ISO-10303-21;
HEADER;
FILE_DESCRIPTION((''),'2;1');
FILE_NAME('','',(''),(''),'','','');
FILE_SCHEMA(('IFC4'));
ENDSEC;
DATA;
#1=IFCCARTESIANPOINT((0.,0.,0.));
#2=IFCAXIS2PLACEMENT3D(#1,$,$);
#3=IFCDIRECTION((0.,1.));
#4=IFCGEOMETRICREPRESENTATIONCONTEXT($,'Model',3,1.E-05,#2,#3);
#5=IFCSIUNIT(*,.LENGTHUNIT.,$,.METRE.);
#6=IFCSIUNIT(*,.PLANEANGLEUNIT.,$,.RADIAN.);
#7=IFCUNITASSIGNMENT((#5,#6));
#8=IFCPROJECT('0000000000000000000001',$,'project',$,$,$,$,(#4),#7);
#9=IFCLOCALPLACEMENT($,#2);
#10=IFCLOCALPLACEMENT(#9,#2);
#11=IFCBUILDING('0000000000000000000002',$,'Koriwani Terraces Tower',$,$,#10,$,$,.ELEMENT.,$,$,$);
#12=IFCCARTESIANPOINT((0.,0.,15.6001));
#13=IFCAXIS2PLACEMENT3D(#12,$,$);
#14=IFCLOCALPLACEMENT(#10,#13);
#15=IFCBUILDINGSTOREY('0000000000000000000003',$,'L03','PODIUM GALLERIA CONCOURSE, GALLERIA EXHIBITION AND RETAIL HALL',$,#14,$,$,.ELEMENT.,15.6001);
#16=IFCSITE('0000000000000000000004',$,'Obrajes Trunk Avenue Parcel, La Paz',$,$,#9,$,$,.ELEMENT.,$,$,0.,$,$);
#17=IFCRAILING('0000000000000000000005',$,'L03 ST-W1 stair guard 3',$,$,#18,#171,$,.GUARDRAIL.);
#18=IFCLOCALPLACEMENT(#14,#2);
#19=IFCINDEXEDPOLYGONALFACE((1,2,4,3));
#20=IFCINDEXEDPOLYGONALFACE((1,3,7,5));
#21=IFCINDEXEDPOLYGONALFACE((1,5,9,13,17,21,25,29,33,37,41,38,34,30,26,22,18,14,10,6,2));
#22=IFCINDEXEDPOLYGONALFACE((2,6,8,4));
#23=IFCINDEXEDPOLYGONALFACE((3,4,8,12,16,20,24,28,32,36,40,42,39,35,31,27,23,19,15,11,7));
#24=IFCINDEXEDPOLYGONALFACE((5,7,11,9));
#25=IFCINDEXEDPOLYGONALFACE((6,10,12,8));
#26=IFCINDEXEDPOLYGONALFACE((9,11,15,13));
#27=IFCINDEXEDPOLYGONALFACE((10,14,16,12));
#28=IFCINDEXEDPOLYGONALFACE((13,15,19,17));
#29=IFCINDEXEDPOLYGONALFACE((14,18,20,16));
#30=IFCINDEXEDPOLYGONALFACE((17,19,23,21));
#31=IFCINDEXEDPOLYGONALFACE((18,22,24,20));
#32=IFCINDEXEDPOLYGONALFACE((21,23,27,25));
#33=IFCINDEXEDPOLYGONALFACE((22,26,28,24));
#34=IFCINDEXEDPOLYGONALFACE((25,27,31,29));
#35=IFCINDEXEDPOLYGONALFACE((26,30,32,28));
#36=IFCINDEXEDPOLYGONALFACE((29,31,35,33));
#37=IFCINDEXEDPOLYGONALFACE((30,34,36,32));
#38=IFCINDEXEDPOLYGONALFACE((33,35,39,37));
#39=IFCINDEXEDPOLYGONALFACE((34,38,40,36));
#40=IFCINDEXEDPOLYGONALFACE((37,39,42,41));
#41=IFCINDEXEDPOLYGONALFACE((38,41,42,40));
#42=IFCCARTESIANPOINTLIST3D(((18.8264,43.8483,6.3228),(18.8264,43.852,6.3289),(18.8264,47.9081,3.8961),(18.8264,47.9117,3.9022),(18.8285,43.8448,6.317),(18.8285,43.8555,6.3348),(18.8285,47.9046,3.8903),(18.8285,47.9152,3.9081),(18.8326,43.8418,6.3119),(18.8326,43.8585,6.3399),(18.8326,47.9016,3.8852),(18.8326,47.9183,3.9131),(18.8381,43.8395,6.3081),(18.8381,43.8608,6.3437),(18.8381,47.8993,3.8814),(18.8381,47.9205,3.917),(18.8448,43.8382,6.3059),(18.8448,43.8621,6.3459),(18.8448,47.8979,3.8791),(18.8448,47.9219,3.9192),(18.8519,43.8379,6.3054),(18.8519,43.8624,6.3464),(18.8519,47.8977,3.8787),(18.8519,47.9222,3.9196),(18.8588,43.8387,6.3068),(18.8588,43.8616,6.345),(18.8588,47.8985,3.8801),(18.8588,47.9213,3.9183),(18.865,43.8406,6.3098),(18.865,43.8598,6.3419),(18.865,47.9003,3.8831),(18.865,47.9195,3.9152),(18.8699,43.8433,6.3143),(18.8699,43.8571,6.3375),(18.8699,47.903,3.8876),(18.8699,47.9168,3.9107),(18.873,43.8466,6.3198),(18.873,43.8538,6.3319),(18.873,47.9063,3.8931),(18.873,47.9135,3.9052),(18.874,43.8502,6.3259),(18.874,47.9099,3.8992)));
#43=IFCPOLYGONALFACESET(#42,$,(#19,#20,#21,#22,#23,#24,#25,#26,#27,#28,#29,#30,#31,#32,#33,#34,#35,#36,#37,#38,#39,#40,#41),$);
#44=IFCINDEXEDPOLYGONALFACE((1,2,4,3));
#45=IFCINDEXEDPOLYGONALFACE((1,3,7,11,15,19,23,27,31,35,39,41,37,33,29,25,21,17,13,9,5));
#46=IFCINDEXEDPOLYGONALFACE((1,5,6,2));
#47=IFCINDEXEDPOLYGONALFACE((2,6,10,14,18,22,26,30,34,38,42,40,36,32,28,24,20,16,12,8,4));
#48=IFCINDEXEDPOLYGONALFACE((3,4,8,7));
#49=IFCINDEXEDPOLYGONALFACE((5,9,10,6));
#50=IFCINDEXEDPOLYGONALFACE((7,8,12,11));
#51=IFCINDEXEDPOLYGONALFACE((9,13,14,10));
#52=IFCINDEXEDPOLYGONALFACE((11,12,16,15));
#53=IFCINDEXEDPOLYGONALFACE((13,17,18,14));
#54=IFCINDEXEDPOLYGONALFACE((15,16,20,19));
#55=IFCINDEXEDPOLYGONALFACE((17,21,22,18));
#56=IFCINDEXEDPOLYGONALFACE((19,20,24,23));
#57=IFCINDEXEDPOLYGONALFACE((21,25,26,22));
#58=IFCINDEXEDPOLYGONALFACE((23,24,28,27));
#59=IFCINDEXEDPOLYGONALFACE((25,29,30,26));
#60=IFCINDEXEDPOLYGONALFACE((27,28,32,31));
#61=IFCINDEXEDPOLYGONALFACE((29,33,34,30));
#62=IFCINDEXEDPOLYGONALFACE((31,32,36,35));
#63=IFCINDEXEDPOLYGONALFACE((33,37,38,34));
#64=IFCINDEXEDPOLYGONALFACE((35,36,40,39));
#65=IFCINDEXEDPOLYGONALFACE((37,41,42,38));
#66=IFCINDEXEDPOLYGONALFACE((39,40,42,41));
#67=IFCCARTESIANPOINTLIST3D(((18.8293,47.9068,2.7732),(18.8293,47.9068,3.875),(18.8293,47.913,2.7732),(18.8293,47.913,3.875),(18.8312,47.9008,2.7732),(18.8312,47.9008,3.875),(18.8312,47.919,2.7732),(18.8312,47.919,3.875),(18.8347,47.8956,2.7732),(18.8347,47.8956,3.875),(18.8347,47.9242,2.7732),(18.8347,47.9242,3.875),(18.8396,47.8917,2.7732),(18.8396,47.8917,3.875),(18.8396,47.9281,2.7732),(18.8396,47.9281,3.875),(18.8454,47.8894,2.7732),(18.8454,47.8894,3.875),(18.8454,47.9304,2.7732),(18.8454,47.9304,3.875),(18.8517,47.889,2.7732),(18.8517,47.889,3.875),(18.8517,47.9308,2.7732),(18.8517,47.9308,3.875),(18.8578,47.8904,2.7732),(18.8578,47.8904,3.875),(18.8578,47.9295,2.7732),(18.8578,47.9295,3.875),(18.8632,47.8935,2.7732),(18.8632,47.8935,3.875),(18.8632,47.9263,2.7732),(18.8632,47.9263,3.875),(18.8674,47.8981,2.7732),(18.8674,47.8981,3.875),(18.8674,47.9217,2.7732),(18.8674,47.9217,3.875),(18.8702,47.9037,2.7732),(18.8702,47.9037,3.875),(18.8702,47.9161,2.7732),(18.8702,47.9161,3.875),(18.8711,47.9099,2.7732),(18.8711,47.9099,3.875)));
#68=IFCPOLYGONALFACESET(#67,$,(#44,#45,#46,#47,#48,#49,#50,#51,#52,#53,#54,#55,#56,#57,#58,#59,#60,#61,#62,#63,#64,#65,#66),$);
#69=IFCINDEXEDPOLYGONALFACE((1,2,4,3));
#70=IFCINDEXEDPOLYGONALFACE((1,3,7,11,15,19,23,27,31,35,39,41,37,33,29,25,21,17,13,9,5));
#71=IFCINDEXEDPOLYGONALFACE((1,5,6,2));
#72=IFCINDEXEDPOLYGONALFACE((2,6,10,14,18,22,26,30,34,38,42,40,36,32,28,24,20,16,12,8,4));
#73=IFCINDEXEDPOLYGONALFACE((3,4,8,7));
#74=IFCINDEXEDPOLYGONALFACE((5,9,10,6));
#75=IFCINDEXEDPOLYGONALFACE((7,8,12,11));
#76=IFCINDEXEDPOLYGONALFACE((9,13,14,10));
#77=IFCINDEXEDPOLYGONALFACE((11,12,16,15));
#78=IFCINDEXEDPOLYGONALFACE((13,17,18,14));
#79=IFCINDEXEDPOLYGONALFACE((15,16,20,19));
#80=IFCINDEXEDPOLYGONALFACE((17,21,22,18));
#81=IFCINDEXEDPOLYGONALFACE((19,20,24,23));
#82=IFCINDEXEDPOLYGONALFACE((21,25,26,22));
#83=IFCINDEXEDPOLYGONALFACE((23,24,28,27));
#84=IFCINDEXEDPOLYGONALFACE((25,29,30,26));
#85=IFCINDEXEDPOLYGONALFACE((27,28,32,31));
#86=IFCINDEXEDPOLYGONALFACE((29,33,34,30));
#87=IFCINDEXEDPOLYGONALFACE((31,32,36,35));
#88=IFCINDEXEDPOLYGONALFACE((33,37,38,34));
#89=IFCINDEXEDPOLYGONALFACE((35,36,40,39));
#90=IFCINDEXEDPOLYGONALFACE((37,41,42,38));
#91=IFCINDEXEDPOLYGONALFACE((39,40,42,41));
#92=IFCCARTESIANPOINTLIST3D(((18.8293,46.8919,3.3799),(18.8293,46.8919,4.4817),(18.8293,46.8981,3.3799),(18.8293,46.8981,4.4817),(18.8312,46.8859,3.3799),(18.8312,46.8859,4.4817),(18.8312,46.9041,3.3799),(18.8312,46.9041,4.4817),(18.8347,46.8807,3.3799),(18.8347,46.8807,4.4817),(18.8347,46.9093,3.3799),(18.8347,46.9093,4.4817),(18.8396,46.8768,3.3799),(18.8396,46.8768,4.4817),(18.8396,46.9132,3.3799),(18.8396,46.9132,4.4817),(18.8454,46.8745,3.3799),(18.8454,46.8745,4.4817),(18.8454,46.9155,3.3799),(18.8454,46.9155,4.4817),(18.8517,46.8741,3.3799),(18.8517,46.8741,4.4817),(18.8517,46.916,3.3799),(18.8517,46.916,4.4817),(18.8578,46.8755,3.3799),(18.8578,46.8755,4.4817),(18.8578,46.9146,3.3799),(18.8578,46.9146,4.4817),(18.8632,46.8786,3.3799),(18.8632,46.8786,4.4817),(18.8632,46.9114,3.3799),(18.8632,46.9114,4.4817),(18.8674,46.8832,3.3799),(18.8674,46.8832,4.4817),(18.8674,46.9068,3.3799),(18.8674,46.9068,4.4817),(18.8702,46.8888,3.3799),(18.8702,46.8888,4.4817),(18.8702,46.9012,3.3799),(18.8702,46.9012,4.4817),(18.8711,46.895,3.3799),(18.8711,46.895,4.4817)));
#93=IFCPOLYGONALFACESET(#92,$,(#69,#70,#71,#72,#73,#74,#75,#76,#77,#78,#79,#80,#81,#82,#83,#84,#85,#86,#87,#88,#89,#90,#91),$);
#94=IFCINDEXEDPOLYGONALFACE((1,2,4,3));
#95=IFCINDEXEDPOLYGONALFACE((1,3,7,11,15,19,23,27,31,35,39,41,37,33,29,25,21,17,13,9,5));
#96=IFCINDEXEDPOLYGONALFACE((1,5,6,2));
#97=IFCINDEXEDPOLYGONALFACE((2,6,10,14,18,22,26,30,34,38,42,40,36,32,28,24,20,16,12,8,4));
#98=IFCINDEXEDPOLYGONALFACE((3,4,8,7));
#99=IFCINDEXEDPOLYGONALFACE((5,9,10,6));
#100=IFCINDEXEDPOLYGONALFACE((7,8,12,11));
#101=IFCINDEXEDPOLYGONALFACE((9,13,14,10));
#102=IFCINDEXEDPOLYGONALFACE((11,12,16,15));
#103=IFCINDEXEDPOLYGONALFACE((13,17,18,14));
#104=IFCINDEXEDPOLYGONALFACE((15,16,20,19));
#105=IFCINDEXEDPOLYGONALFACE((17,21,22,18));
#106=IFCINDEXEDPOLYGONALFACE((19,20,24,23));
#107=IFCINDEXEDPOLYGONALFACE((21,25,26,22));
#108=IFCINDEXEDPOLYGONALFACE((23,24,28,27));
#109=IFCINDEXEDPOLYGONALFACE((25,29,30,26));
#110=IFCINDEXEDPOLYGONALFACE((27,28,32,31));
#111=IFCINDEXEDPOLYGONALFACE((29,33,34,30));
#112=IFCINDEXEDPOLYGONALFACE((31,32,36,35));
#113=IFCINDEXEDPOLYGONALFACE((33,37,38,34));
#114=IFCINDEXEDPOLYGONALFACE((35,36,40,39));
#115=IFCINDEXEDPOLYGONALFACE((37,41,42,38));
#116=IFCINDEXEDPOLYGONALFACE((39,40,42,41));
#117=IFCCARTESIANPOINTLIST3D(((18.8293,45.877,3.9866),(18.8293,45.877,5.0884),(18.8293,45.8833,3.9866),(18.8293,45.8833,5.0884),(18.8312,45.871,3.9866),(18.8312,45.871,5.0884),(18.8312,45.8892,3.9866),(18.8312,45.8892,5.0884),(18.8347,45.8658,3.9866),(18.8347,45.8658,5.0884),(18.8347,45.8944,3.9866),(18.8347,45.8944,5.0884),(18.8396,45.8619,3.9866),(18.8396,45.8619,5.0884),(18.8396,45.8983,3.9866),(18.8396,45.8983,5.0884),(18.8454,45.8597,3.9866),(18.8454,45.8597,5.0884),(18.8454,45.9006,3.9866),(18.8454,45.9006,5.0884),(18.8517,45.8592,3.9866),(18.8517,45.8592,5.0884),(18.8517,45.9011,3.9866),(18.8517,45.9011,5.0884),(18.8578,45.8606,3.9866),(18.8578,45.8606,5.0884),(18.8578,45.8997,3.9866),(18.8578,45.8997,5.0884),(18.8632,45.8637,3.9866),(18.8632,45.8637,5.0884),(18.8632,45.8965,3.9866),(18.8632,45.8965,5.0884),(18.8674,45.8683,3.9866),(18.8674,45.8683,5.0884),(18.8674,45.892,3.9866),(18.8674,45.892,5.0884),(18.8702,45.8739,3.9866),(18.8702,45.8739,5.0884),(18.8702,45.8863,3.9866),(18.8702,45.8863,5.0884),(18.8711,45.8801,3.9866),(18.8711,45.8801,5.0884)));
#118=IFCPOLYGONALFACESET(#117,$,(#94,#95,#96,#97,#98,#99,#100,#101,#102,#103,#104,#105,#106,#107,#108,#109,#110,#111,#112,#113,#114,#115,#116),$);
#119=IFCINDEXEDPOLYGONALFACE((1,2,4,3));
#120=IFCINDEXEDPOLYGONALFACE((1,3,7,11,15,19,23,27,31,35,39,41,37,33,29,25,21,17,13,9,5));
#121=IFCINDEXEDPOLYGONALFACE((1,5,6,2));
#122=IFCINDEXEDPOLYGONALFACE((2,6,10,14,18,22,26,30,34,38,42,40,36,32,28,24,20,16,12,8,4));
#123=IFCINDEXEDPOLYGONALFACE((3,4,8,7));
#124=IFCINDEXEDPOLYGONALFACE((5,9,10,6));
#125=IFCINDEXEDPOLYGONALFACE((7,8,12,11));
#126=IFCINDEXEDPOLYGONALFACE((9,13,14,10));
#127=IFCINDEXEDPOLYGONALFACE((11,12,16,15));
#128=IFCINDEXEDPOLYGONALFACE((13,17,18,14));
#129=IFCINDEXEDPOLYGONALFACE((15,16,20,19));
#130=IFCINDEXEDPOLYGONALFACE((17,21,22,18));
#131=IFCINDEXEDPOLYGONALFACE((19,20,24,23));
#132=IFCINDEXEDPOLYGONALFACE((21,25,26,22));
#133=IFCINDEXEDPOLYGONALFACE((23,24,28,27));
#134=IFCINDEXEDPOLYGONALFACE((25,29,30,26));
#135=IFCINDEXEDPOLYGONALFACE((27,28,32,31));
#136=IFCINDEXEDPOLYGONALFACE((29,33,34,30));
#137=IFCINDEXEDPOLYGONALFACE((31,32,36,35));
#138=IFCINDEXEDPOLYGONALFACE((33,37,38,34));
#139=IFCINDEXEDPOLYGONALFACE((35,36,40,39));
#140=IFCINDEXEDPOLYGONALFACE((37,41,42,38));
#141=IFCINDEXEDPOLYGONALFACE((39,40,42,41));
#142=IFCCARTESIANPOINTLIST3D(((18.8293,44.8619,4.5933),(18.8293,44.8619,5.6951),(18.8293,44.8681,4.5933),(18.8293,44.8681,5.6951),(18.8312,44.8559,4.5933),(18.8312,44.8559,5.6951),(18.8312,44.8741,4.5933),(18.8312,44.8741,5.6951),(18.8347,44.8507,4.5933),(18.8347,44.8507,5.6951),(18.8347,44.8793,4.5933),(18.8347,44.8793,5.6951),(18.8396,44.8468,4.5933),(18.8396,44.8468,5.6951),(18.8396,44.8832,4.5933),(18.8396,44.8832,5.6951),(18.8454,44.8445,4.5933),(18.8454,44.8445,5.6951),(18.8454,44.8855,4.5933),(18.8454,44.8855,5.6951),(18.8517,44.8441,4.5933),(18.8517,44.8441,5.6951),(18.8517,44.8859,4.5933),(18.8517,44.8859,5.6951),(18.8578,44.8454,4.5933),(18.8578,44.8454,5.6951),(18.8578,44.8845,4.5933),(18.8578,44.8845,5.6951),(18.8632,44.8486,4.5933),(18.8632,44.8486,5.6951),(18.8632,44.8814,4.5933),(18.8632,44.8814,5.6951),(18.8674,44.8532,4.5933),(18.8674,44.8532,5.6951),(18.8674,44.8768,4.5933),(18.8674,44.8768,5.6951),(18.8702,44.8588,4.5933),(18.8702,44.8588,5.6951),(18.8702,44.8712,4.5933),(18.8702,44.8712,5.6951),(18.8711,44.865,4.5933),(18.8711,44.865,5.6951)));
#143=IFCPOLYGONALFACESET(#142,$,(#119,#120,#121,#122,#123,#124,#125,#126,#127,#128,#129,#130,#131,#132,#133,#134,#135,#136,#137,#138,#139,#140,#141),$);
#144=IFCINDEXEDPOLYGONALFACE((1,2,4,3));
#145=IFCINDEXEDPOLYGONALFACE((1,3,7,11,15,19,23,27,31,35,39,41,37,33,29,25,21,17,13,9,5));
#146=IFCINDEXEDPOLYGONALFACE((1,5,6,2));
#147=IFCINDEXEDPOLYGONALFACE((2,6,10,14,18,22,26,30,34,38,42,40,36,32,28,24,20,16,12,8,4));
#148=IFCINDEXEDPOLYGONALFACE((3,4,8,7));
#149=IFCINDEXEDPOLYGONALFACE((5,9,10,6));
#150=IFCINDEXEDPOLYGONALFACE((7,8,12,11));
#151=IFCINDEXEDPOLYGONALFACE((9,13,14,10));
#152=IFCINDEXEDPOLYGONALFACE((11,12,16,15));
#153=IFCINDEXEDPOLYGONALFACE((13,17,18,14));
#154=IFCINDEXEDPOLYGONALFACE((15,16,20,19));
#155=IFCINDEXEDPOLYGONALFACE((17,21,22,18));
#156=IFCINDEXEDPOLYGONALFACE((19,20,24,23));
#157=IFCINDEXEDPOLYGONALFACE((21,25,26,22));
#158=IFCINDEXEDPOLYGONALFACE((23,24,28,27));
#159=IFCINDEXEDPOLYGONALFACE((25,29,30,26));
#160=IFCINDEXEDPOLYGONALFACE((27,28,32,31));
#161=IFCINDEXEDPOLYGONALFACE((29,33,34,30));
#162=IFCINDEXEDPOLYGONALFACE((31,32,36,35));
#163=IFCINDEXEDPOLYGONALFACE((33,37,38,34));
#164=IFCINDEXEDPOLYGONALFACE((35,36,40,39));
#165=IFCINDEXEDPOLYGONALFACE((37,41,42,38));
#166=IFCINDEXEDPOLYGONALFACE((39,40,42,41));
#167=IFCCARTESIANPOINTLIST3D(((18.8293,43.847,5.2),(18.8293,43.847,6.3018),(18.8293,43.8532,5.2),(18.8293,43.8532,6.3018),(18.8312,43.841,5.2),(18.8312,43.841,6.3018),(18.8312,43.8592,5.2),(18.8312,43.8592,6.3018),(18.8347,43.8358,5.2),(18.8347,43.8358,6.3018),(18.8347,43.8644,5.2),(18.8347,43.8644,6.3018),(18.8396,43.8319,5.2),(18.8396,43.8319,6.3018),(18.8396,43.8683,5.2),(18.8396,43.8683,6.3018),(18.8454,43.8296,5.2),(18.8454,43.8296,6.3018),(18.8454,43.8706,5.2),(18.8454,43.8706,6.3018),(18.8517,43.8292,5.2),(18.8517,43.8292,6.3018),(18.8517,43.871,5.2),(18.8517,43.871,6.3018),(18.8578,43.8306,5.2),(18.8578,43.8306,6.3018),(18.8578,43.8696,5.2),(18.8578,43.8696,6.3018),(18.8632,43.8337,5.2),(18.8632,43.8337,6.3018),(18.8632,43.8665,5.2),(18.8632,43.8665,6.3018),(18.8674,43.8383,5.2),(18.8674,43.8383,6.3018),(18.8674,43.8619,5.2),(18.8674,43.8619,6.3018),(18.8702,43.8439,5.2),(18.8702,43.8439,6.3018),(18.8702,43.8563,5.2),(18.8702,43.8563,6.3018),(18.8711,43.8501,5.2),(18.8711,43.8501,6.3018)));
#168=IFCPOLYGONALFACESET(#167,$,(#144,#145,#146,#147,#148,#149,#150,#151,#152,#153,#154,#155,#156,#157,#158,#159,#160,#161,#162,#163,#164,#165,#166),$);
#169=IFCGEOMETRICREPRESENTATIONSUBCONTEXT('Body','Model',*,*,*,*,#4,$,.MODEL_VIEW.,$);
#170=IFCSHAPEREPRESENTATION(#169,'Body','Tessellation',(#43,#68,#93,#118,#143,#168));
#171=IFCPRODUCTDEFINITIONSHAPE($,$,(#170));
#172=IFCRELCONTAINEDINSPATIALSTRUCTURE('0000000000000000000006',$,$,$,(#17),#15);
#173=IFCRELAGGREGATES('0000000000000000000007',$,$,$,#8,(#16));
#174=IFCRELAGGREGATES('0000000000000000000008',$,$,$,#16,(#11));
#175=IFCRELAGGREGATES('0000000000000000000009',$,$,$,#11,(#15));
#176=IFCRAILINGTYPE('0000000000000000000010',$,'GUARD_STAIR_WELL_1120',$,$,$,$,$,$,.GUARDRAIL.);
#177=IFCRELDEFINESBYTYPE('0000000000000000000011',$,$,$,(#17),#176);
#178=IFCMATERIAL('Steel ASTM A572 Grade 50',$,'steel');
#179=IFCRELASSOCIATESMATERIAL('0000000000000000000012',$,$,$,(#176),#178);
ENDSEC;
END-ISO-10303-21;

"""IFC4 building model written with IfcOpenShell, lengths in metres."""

from ifc_helpers import new_model, si_unit, direction, frame, origin, origin_2d, place, context, subcontext, project, spatial, circle, extrude, material, type_object, element, save


model = new_model("IFC4")

# Units and contexts
model_context = context("Model", 3, precision=1e-05, world=origin(), true_north=direction((0.0, 1.0)))
body_context = subcontext(model_context, "Body", "Model", "MODEL_VIEW")
ifc_project = project(units=[si_unit("LENGTHUNIT", "METRE"), si_unit("PLANEANGLEUNIT", "RADIAN")], contexts=[model_context])

# Site, building, storey
site_placement = place(None, origin())
site = spatial("IfcSite", under=ifc_project, at=site_placement, Name="Obrajes Trunk Avenue Parcel, La Paz", CompositionType="ELEMENT", RefElevation=0.0)
building_placement = place(site_placement, origin())
building = spatial("IfcBuilding", under=site, at=building_placement, Name="Koriwani Terraces Tower", CompositionType="ELEMENT")
storey_placement = place(building_placement, frame((0.0, 0.0, 15.6001)))
storey = spatial("IfcBuildingStorey", under=building, at=storey_placement, Name="L03", Description="PODIUM GALLERIA CONCOURSE, GALLERIA EXHIBITION AND RETAIL HALL", CompositionType="ELEMENT", Elevation=15.6001)

# Shared definitions
ifc_material_1 = material(Name="Steel ASTM A572 Grade 50", Category="steel")

# Railing
railing_type_1 = type_object("IfcRailingType", Name="GUARD_STAIR_WELL_1120", PredefinedType="GUARDRAIL", material=ifc_material_1)
railing_1_placement = place(storey_placement, frame((18.8501, 47.9099, 2.7732)))
element("IfcRailing", 1, at=railing_1_placement, inside=storey, type_object=railing_type_1, Name="L03 ST-W1 stair guard 3", PredefinedType="GUARDRAIL", context=body_context, shape_type="SweptSolid", body=[
    extrude(circle(Radius=0.0239, at=origin_2d()), frame((0.0, 0.0, 1.126), z_axis=(0.0, -0.858343, 0.513076), x_axis=(1.0, 0.0, 0.0)), (0.0, 0.0, 1.0), 4.7297),
    extrude(circle(Radius=0.021, at=origin_2d()), origin(), (0.0, 0.0, 1.0), 1.1018),
    extrude(circle(Radius=0.021, at=origin_2d()), frame((0.0, -1.0149, 0.6067)), (0.0, 0.0, 1.0), 1.1018),
    extrude(circle(Radius=0.021, at=origin_2d()), frame((0.0, -2.0298, 1.2134)), (0.0, 0.0, 1.0), 1.1018),
    extrude(circle(Radius=0.021, at=origin_2d()), frame((0.0, -3.0449, 1.8201)), (0.0, 0.0, 1.0), 1.1018),
    extrude(circle(Radius=0.021, at=origin_2d()), frame((0.0, -4.0598, 2.4268)), (0.0, 0.0, 1.0), 1.1018),
])

save(model, "model.ifc")
